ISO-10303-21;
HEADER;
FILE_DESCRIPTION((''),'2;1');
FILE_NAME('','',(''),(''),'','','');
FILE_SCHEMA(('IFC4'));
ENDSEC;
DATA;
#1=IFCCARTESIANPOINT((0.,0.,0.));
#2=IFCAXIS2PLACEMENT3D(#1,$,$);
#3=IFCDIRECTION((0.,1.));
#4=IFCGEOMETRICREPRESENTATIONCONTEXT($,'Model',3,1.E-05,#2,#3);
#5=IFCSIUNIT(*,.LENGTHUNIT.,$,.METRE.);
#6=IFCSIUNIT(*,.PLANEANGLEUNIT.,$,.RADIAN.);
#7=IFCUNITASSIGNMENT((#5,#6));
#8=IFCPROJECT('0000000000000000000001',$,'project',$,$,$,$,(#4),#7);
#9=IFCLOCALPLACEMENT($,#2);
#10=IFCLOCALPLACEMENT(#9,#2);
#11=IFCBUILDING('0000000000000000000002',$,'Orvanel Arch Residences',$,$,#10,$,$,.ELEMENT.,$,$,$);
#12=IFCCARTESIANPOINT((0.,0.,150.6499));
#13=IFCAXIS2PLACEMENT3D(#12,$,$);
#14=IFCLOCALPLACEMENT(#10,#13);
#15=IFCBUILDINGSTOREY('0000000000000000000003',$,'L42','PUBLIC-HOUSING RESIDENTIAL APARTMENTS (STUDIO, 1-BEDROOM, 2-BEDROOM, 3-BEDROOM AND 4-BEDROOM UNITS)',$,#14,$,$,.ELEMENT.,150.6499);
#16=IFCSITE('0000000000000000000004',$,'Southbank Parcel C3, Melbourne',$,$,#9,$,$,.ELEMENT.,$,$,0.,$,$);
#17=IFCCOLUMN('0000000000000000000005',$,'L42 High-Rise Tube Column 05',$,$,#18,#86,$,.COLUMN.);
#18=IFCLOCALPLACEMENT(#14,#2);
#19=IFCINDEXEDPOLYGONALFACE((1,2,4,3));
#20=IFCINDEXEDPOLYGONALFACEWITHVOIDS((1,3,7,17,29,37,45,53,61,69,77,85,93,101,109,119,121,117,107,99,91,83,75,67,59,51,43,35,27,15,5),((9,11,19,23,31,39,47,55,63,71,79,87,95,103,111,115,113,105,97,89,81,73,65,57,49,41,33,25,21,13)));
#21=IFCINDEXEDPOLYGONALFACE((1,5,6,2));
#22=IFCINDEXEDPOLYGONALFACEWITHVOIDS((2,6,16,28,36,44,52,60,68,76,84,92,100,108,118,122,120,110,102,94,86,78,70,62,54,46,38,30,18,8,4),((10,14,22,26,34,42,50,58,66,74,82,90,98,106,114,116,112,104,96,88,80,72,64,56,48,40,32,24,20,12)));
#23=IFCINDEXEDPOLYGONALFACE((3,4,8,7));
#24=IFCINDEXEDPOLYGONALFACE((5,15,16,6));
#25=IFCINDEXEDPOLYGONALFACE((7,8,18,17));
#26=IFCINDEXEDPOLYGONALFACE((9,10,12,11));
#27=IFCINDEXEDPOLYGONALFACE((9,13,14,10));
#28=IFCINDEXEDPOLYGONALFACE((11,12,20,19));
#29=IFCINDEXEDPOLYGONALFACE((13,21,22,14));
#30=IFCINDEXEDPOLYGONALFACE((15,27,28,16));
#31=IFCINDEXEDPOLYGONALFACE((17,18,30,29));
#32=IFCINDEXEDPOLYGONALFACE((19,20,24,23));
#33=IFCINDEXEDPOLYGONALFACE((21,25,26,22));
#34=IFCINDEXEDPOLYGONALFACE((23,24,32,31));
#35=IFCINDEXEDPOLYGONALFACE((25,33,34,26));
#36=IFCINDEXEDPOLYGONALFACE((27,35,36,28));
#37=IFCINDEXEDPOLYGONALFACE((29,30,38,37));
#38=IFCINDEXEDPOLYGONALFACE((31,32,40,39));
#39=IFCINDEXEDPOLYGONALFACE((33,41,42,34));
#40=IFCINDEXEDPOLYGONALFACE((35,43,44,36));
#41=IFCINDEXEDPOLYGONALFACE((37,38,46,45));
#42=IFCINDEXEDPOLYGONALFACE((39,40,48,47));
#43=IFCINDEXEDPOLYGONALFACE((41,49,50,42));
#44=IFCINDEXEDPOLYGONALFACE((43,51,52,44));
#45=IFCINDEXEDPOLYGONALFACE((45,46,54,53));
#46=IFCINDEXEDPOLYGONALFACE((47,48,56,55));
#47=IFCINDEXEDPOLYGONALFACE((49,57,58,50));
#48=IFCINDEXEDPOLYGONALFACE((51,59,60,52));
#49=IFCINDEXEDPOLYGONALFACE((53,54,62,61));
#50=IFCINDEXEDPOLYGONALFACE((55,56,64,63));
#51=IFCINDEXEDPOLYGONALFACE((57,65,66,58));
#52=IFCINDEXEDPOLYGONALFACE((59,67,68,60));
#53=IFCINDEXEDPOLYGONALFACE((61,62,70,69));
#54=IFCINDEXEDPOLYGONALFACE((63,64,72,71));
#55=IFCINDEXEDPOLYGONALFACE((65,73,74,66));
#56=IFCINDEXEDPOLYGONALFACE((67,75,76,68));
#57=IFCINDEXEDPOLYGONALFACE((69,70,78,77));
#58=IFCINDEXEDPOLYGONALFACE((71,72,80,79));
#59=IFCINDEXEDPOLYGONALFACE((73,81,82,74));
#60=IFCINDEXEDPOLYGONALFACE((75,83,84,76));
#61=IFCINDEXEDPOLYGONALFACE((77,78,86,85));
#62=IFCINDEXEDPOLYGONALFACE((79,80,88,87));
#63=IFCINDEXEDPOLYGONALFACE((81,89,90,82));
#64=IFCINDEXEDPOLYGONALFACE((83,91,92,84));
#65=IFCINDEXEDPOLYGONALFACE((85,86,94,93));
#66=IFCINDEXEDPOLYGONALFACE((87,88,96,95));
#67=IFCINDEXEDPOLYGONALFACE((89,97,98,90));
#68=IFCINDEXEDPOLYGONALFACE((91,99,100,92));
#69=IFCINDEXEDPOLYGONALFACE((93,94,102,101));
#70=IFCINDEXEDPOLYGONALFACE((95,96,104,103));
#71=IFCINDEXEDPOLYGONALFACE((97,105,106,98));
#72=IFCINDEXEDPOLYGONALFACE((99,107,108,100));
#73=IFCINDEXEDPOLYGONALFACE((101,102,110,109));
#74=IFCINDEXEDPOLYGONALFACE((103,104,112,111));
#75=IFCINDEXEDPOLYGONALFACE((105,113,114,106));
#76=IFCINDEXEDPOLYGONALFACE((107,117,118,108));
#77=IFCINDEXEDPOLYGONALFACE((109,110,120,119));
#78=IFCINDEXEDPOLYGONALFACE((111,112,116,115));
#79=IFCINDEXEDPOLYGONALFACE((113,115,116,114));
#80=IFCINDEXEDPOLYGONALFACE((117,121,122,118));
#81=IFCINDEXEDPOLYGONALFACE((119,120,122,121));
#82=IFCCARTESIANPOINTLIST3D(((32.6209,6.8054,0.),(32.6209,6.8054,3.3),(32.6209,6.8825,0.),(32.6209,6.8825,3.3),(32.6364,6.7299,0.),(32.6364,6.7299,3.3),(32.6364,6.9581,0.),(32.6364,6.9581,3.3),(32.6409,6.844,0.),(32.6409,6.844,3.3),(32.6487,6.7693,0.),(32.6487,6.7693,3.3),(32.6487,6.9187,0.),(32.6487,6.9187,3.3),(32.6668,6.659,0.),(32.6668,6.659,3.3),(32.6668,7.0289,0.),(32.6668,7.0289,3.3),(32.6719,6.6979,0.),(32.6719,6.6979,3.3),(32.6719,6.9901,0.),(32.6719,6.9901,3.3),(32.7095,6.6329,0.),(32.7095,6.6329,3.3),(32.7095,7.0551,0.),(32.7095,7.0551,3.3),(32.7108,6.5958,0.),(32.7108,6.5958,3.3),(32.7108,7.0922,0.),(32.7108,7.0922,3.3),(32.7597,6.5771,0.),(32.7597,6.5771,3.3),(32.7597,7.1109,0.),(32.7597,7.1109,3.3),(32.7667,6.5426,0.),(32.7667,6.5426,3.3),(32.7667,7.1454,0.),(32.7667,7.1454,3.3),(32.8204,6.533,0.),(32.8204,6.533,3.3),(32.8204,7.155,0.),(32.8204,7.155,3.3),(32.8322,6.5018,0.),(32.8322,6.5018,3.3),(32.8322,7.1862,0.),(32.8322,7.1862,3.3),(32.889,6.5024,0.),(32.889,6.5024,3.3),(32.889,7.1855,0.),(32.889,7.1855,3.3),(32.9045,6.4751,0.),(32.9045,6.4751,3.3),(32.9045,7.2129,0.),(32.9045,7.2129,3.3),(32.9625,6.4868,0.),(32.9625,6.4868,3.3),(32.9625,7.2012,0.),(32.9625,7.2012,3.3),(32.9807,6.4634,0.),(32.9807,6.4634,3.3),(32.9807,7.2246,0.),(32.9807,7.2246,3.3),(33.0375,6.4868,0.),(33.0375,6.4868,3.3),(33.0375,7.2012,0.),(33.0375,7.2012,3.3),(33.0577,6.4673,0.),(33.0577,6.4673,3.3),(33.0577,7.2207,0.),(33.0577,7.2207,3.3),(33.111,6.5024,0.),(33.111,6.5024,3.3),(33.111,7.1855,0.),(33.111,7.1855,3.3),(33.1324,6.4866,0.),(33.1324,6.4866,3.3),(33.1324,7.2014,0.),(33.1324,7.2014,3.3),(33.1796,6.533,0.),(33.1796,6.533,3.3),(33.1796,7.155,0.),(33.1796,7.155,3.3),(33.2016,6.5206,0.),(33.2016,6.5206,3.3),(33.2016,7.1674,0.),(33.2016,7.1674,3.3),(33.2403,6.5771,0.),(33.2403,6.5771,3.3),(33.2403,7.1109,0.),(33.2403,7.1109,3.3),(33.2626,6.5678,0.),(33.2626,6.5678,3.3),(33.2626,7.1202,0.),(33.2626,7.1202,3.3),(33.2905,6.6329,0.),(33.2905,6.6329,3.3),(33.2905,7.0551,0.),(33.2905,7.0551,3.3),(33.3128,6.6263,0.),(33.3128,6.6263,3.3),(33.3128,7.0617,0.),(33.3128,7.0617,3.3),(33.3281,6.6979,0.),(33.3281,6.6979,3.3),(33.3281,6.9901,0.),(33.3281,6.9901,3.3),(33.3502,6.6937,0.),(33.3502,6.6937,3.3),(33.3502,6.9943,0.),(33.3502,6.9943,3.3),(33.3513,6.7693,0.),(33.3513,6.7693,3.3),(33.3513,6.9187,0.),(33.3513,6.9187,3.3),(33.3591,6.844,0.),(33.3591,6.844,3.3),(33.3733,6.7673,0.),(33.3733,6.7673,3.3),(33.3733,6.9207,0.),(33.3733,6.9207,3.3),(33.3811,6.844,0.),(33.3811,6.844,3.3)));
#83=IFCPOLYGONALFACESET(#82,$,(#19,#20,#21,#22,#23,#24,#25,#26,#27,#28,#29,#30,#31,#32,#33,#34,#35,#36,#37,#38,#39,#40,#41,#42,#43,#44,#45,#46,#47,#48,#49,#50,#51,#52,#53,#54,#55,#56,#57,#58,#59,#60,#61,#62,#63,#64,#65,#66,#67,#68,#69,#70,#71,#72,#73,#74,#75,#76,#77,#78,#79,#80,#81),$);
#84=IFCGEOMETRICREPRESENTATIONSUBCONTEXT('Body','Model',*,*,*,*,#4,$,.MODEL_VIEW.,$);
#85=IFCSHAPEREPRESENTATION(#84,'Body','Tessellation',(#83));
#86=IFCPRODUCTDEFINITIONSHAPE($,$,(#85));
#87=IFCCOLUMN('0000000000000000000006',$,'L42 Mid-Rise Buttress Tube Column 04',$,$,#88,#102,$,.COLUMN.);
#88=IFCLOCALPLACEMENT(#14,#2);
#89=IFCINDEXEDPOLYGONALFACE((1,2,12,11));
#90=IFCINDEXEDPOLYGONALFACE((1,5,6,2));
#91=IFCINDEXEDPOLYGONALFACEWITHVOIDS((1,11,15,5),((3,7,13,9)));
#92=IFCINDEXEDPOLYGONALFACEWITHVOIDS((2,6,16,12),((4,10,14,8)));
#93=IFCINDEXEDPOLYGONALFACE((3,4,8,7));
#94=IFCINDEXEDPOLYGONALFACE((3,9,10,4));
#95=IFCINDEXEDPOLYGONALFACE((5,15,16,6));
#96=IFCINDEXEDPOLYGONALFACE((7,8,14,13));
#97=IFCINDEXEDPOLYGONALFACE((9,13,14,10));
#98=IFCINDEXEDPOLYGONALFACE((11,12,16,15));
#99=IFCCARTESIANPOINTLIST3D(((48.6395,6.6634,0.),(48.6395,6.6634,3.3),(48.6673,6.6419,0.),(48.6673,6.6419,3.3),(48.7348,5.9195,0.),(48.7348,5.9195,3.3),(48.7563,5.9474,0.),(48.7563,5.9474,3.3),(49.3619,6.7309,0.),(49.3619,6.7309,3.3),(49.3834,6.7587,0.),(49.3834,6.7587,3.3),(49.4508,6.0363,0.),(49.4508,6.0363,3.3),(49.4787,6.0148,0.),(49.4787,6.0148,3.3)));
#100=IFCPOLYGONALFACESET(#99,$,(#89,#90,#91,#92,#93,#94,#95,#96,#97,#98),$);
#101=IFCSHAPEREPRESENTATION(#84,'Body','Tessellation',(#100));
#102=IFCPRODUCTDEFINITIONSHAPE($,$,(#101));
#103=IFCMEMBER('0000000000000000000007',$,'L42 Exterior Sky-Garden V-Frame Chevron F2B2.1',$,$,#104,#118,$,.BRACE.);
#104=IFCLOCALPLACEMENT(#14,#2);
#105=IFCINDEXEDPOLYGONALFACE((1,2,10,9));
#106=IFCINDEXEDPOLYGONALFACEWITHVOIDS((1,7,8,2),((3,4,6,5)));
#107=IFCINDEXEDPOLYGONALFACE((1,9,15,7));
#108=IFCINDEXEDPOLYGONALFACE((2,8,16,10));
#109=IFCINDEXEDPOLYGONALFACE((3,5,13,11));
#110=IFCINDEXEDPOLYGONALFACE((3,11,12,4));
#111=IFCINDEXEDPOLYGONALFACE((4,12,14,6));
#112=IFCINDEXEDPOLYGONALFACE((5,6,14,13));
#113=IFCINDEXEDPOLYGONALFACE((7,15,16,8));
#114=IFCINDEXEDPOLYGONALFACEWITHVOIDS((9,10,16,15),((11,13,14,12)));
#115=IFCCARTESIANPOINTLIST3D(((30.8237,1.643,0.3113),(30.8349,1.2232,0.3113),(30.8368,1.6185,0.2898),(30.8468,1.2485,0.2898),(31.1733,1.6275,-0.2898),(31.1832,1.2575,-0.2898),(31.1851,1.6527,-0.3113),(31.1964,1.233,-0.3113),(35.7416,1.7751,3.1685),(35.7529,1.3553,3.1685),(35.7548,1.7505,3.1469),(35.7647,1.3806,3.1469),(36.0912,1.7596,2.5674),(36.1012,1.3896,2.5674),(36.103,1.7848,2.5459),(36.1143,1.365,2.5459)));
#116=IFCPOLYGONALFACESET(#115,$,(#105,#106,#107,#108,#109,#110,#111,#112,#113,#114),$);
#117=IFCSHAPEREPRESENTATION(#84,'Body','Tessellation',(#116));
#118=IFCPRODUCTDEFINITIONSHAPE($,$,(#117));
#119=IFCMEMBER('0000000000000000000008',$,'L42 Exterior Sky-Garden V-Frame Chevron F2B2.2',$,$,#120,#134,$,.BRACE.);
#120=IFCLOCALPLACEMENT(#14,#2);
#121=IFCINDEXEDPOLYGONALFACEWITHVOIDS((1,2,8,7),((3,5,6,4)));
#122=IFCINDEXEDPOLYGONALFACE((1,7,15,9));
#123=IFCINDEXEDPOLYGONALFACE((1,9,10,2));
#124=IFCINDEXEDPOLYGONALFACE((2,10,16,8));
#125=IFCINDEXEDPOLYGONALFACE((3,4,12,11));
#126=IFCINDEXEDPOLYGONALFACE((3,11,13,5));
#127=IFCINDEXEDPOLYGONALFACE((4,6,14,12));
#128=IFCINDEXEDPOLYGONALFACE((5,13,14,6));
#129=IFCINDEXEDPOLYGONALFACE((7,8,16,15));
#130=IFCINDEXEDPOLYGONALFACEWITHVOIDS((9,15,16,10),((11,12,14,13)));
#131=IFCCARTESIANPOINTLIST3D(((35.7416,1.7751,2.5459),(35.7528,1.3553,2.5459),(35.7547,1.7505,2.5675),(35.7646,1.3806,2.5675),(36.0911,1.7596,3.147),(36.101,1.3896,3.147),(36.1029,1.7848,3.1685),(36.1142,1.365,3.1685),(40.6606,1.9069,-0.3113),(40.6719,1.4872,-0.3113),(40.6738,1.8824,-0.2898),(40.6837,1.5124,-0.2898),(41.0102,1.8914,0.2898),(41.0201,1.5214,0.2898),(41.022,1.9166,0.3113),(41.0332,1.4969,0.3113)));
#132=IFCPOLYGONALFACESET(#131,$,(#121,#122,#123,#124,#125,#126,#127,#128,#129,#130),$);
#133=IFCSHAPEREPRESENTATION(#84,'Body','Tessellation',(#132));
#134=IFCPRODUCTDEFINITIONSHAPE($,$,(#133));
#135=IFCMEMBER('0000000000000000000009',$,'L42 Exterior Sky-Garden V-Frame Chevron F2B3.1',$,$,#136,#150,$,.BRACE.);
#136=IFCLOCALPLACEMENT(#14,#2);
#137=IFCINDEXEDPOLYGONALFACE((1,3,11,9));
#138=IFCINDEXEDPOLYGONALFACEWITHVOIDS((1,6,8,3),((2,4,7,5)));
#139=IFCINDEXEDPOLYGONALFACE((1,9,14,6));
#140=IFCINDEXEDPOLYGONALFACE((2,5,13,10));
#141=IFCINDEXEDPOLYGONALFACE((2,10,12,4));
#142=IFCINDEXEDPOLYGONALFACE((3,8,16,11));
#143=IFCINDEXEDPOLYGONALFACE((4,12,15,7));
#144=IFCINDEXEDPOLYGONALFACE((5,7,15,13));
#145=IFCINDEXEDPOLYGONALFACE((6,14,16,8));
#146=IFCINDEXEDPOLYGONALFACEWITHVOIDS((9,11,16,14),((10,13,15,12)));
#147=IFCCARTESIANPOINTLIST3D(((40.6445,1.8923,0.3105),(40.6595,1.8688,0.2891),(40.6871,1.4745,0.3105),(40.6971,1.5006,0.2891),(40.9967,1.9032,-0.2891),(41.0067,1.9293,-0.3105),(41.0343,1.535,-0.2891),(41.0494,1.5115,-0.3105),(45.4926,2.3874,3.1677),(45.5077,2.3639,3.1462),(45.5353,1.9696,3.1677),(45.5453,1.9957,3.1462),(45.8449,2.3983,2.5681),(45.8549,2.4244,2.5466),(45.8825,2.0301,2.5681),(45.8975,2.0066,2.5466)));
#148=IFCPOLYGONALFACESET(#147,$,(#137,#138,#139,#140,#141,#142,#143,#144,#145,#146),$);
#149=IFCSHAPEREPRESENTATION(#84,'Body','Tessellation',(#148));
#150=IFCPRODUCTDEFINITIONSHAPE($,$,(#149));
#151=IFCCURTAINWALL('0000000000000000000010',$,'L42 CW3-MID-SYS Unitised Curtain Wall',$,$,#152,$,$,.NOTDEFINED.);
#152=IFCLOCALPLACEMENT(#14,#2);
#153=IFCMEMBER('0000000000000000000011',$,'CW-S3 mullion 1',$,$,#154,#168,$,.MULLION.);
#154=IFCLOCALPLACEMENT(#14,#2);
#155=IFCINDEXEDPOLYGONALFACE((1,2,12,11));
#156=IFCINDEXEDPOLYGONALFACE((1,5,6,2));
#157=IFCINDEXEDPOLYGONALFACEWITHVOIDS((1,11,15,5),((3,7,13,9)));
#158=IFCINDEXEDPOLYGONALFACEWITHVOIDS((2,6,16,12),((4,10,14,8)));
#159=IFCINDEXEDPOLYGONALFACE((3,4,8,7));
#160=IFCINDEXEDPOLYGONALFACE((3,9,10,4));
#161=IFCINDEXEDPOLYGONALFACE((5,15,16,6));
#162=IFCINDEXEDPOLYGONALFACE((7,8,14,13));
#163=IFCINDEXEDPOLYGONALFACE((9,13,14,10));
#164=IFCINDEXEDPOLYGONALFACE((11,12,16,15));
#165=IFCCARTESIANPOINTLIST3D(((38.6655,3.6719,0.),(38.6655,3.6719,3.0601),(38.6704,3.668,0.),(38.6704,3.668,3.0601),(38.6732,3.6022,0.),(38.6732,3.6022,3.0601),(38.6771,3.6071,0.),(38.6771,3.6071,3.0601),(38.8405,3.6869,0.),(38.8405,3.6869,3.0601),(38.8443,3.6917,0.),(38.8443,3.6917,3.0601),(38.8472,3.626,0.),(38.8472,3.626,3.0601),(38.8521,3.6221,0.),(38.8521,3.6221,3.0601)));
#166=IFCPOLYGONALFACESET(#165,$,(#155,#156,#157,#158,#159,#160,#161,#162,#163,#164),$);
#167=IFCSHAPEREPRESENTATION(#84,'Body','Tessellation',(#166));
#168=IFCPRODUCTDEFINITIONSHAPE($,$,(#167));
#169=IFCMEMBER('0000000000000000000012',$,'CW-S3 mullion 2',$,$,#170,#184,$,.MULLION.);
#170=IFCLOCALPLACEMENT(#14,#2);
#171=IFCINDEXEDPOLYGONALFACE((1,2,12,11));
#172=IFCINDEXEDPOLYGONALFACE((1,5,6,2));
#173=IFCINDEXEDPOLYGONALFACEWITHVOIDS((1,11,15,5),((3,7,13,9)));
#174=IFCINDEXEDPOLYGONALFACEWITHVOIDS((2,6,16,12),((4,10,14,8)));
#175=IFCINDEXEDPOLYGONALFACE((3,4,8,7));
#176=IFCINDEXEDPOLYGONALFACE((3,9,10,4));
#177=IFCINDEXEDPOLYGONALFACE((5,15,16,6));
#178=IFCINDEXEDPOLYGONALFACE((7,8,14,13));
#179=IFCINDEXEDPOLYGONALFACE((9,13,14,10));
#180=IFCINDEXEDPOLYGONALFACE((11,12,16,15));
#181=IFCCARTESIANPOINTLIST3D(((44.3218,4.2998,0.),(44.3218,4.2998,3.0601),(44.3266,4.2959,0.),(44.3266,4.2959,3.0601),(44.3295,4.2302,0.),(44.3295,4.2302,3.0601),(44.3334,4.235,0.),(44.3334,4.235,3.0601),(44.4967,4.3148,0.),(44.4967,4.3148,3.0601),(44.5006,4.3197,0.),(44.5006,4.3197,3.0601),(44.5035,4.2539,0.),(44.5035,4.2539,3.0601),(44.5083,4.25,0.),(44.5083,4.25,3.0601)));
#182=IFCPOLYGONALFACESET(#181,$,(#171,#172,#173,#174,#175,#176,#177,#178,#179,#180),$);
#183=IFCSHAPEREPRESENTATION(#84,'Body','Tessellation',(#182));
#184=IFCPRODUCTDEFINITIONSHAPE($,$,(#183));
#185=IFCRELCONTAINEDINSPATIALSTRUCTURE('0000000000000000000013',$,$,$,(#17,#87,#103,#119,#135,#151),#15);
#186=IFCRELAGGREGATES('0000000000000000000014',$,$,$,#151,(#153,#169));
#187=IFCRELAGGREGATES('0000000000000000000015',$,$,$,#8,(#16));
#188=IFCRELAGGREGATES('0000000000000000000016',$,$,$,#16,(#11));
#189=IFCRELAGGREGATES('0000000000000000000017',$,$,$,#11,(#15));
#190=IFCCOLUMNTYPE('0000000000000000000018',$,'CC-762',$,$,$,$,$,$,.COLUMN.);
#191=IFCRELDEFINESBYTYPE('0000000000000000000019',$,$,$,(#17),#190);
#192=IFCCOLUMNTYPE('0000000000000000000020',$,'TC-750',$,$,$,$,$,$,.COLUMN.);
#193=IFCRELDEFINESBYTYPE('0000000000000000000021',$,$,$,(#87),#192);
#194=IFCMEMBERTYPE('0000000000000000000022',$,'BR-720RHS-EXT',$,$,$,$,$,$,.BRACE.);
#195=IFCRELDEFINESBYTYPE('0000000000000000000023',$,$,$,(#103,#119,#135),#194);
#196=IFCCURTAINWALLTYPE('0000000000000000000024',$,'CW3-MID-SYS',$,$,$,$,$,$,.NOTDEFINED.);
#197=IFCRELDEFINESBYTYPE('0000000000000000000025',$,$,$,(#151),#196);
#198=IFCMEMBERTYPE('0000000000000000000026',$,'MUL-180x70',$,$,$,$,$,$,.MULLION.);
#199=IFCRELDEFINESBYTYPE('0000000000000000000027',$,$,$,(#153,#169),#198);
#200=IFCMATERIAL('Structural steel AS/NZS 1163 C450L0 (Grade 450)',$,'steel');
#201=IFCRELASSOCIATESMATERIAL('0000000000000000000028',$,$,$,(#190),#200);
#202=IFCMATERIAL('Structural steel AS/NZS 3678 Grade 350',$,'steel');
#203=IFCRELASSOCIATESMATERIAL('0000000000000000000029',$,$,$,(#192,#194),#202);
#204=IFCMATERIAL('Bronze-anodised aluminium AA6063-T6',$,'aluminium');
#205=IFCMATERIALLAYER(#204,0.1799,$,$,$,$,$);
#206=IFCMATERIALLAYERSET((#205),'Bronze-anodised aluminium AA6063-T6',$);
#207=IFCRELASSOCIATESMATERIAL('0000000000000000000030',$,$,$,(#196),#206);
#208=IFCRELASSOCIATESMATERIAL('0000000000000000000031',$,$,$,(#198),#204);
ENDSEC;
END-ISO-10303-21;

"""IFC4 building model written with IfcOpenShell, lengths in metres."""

from ifc_helpers import new_model, si_unit, direction, frame, origin, origin_2d, place, context, subcontext, project, spatial, hollow_rectangle, hollow_circle, extrude, material, layer, layer_set, material_profile, profile_set, type_object, element, aggregate, save


model = new_model("IFC4")

# Units and contexts
model_context = context("Model", 3, precision=1e-05, world=origin(), true_north=direction((0.0, 1.0)))
body_context = subcontext(model_context, "Body", "Model", "MODEL_VIEW")
ifc_project = project(units=[si_unit("LENGTHUNIT", "METRE"), si_unit("PLANEANGLEUNIT", "RADIAN")], contexts=[model_context])

# Site, building, storey
site_placement = place(None, origin())
site = spatial("IfcSite", under=ifc_project, at=site_placement, Name="Southbank Parcel C3, Melbourne", CompositionType="ELEMENT", RefElevation=0.0)
building_placement = place(site_placement, origin())
building = spatial("IfcBuilding", under=site, at=building_placement, Name="Orvanel Arch Residences", CompositionType="ELEMENT")
storey_placement = place(building_placement, frame((0.0, 0.0, 150.6499)))
storey = spatial("IfcBuildingStorey", under=building, at=storey_placement, Name="L42", Description="PUBLIC-HOUSING RESIDENTIAL APARTMENTS (STUDIO, 1-BEDROOM, 2-BEDROOM, 3-BEDROOM AND 4-BEDROOM UNITS)", CompositionType="ELEMENT", Elevation=150.6499)

# Columns
ifc_material_1 = material(Name="Structural steel AS/NZS 1163 C450L0 (Grade 450)", Category="steel")
ifc_material_profile_1 = material_profile(ifc_material_1, hollow_circle(Radius=0.3811, WallThickness=0.022, at=origin_2d()), Name="CHS762x22")
ifc_profile_set_1 = profile_set([ifc_material_profile_1], Name="Structural steel AS/NZS 1163 C450L0 (Grade 450)")
column_type_1 = type_object("IfcColumnType", Name="CC-762", PredefinedType="COLUMN", material=ifc_profile_set_1)
column_1_placement = place(storey_placement, frame((33.0, 6.844, 0.0), z_axis=(0.0, 0.0, 1.0), x_axis=(1.0, 0.0, 0.0)))
element("IfcColumn", 1, at=column_1_placement, inside=storey, type_object=column_type_1, Name="L42 High-Rise Tube Column 05", PredefinedType="COLUMN", context=body_context, shape_type="SweptSolid", body=[
    extrude(hollow_circle(Radius=0.3811, WallThickness=0.022, at=origin_2d()), origin(), (0.0, 0.0, 1.0), 3.3),
])
ifc_material_2 = material(Name="Structural steel AS/NZS 3678 Grade 350", Category="steel")
ifc_material_profile_2 = material_profile(ifc_material_2, hollow_rectangle(XDim=0.75, YDim=0.75, WallThickness=0.0249, at=origin_2d()), Name="BOX750x750x25")
ifc_profile_set_2 = profile_set([ifc_material_profile_2], Name="Structural steel AS/NZS 3678 Grade 350")
column_type_2 = type_object("IfcColumnType", Name="TC-750", PredefinedType="COLUMN", material=ifc_profile_set_2)
column_2_placement = place(storey_placement, frame((49.0591, 6.3391, 0.0), z_axis=(0.0, 0.0, 1.0), x_axis=(0.991894, 0.127065, 0.0)))
element("IfcColumn", 2, at=column_2_placement, inside=storey, type_object=column_type_2, Name="L42 Mid-Rise Buttress Tube Column 04", PredefinedType="COLUMN", context=body_context, shape_type="SweptSolid", body=[
    extrude(hollow_rectangle(XDim=0.75, YDim=0.75, WallThickness=0.0249, at=origin_2d()), origin(), (0.0, 0.0, 1.0), 3.3),
])

# Members
ifc_material_profile_3 = material_profile(ifc_material_2, hollow_rectangle(XDim=0.4199, YDim=0.72, WallThickness=0.0249, at=origin_2d()), Name="RHS720x420x25")
ifc_profile_set_3 = profile_set([ifc_material_profile_3], Name="Structural steel AS/NZS 3678 Grade 350")
member_type_1 = type_object("IfcMemberType", Name="BR-720RHS-EXT", PredefinedType="BRACE", material=ifc_profile_set_3)
member_1_placement = place(storey_placement, frame((31.01, 1.438, 0.0), z_axis=(0.864435, 0.023216, 0.502208), x_axis=(-0.026847, 0.99964, 0.0)))
element("IfcMember", 3, at=member_1_placement, inside=storey, type_object=member_type_1, Name="L42 Exterior Sky-Garden V-Frame Chevron F2B2.1", PredefinedType="BRACE", context=body_context, shape_type="SweptSolid", body=[
    extrude(hollow_rectangle(XDim=0.4199, YDim=0.72, WallThickness=0.0249, at=origin_2d()), origin(), (0.0, 0.0, 1.0), 5.6892),
])
member_2_placement = place(storey_placement, frame((40.8469, 1.7019, 0.0), z_axis=(-0.864479, -0.023169, 0.502134), x_axis=(0.026792, -0.999641, 0.0)))
element("IfcMember", 4, at=member_2_placement, inside=storey, type_object=member_type_1, Name="L42 Exterior Sky-Garden V-Frame Chevron F2B2.2", PredefinedType="BRACE", context=body_context, shape_type="SweptSolid", body=[
    extrude(hollow_rectangle(XDim=0.4199, YDim=0.72, WallThickness=0.0249, at=origin_2d()), origin(), (0.0, 0.0, 1.0), 5.6902),
])
member_3_placement = place(storey_placement, frame((40.8469, 1.7019, 0.0), z_axis=(0.858205, 0.087644, 0.50577), x_axis=(-0.101597, 0.994826, 0.0)))
element("IfcMember", 5, at=member_3_placement, inside=storey, type_object=member_type_1, Name="L42 Exterior Sky-Garden V-Frame Chevron F2B3.1", PredefinedType="BRACE", context=body_context, shape_type="SweptSolid", body=[
    extrude(hollow_rectangle(XDim=0.4199, YDim=0.72, WallThickness=0.0249, at=origin_2d()), origin(), (0.0, 0.0, 1.0), 5.6492),
])

# Curtain wall, members
ifc_material_3 = material(Name="Bronze-anodised aluminium AA6063-T6", Category="aluminium")
ifc_layer_1 = layer(ifc_material_3, 0.1799)
ifc_layer_set_1 = layer_set([ifc_layer_1], Name="Bronze-anodised aluminium AA6063-T6")
curtain_wall_type = type_object("IfcCurtainWallType", Name="CW3-MID-SYS", PredefinedType="NOTDEFINED", material=ifc_layer_set_1)
curtain_wall_placement = place(storey_placement, origin())
curtain_wall = element("IfcCurtainWall", 6, at=curtain_wall_placement, inside=storey, type_object=curtain_wall_type, Name="L42 CW3-MID-SYS Unitised Curtain Wall", PredefinedType="NOTDEFINED")
ifc_material_profile_4 = material_profile(ifc_material_3, hollow_rectangle(XDim=0.0701, YDim=0.1799, WallThickness=0.0044, at=origin_2d()), Name="ALU180x70x4.5")
ifc_profile_set_4 = profile_set([ifc_material_profile_4], Name="Bronze-anodised aluminium AA6063-T6")
member_type_2 = type_object("IfcMemberType", Name="MUL-180x70", PredefinedType="MULLION", material=ifc_profile_set_4)
member_4_placement = place(storey_placement, frame((38.7588, 3.647, 0.0), z_axis=(0.0, 0.0, 1.0), x_axis=(-0.110374, 0.99389, 0.0)))
member_4 = element("IfcMember", 7, at=member_4_placement, type_object=member_type_2, Name="CW-S3 mullion 1", PredefinedType="MULLION", context=body_context, shape_type="SweptSolid", body=[
    extrude(hollow_rectangle(XDim=0.0701, YDim=0.1799, WallThickness=0.0044, at=origin_2d()), origin(), (0.0, 0.0, 1.0), 3.0601),
])
member_5_placement = place(storey_placement, frame((44.415, 4.2749, 0.0), z_axis=(0.0, 0.0, 1.0), x_axis=(-0.110374, 0.99389, 0.0)))
member_5 = element("IfcMember", 8, at=member_5_placement, type_object=member_type_2, Name="CW-S3 mullion 2", PredefinedType="MULLION", context=body_context, shape_type="SweptSolid", body=[
    extrude(hollow_rectangle(XDim=0.0701, YDim=0.1799, WallThickness=0.0044, at=origin_2d()), origin(), (0.0, 0.0, 1.0), 3.0601),
])

aggregate(curtain_wall, [member_4, member_5])

save(model, "model.ifc")
